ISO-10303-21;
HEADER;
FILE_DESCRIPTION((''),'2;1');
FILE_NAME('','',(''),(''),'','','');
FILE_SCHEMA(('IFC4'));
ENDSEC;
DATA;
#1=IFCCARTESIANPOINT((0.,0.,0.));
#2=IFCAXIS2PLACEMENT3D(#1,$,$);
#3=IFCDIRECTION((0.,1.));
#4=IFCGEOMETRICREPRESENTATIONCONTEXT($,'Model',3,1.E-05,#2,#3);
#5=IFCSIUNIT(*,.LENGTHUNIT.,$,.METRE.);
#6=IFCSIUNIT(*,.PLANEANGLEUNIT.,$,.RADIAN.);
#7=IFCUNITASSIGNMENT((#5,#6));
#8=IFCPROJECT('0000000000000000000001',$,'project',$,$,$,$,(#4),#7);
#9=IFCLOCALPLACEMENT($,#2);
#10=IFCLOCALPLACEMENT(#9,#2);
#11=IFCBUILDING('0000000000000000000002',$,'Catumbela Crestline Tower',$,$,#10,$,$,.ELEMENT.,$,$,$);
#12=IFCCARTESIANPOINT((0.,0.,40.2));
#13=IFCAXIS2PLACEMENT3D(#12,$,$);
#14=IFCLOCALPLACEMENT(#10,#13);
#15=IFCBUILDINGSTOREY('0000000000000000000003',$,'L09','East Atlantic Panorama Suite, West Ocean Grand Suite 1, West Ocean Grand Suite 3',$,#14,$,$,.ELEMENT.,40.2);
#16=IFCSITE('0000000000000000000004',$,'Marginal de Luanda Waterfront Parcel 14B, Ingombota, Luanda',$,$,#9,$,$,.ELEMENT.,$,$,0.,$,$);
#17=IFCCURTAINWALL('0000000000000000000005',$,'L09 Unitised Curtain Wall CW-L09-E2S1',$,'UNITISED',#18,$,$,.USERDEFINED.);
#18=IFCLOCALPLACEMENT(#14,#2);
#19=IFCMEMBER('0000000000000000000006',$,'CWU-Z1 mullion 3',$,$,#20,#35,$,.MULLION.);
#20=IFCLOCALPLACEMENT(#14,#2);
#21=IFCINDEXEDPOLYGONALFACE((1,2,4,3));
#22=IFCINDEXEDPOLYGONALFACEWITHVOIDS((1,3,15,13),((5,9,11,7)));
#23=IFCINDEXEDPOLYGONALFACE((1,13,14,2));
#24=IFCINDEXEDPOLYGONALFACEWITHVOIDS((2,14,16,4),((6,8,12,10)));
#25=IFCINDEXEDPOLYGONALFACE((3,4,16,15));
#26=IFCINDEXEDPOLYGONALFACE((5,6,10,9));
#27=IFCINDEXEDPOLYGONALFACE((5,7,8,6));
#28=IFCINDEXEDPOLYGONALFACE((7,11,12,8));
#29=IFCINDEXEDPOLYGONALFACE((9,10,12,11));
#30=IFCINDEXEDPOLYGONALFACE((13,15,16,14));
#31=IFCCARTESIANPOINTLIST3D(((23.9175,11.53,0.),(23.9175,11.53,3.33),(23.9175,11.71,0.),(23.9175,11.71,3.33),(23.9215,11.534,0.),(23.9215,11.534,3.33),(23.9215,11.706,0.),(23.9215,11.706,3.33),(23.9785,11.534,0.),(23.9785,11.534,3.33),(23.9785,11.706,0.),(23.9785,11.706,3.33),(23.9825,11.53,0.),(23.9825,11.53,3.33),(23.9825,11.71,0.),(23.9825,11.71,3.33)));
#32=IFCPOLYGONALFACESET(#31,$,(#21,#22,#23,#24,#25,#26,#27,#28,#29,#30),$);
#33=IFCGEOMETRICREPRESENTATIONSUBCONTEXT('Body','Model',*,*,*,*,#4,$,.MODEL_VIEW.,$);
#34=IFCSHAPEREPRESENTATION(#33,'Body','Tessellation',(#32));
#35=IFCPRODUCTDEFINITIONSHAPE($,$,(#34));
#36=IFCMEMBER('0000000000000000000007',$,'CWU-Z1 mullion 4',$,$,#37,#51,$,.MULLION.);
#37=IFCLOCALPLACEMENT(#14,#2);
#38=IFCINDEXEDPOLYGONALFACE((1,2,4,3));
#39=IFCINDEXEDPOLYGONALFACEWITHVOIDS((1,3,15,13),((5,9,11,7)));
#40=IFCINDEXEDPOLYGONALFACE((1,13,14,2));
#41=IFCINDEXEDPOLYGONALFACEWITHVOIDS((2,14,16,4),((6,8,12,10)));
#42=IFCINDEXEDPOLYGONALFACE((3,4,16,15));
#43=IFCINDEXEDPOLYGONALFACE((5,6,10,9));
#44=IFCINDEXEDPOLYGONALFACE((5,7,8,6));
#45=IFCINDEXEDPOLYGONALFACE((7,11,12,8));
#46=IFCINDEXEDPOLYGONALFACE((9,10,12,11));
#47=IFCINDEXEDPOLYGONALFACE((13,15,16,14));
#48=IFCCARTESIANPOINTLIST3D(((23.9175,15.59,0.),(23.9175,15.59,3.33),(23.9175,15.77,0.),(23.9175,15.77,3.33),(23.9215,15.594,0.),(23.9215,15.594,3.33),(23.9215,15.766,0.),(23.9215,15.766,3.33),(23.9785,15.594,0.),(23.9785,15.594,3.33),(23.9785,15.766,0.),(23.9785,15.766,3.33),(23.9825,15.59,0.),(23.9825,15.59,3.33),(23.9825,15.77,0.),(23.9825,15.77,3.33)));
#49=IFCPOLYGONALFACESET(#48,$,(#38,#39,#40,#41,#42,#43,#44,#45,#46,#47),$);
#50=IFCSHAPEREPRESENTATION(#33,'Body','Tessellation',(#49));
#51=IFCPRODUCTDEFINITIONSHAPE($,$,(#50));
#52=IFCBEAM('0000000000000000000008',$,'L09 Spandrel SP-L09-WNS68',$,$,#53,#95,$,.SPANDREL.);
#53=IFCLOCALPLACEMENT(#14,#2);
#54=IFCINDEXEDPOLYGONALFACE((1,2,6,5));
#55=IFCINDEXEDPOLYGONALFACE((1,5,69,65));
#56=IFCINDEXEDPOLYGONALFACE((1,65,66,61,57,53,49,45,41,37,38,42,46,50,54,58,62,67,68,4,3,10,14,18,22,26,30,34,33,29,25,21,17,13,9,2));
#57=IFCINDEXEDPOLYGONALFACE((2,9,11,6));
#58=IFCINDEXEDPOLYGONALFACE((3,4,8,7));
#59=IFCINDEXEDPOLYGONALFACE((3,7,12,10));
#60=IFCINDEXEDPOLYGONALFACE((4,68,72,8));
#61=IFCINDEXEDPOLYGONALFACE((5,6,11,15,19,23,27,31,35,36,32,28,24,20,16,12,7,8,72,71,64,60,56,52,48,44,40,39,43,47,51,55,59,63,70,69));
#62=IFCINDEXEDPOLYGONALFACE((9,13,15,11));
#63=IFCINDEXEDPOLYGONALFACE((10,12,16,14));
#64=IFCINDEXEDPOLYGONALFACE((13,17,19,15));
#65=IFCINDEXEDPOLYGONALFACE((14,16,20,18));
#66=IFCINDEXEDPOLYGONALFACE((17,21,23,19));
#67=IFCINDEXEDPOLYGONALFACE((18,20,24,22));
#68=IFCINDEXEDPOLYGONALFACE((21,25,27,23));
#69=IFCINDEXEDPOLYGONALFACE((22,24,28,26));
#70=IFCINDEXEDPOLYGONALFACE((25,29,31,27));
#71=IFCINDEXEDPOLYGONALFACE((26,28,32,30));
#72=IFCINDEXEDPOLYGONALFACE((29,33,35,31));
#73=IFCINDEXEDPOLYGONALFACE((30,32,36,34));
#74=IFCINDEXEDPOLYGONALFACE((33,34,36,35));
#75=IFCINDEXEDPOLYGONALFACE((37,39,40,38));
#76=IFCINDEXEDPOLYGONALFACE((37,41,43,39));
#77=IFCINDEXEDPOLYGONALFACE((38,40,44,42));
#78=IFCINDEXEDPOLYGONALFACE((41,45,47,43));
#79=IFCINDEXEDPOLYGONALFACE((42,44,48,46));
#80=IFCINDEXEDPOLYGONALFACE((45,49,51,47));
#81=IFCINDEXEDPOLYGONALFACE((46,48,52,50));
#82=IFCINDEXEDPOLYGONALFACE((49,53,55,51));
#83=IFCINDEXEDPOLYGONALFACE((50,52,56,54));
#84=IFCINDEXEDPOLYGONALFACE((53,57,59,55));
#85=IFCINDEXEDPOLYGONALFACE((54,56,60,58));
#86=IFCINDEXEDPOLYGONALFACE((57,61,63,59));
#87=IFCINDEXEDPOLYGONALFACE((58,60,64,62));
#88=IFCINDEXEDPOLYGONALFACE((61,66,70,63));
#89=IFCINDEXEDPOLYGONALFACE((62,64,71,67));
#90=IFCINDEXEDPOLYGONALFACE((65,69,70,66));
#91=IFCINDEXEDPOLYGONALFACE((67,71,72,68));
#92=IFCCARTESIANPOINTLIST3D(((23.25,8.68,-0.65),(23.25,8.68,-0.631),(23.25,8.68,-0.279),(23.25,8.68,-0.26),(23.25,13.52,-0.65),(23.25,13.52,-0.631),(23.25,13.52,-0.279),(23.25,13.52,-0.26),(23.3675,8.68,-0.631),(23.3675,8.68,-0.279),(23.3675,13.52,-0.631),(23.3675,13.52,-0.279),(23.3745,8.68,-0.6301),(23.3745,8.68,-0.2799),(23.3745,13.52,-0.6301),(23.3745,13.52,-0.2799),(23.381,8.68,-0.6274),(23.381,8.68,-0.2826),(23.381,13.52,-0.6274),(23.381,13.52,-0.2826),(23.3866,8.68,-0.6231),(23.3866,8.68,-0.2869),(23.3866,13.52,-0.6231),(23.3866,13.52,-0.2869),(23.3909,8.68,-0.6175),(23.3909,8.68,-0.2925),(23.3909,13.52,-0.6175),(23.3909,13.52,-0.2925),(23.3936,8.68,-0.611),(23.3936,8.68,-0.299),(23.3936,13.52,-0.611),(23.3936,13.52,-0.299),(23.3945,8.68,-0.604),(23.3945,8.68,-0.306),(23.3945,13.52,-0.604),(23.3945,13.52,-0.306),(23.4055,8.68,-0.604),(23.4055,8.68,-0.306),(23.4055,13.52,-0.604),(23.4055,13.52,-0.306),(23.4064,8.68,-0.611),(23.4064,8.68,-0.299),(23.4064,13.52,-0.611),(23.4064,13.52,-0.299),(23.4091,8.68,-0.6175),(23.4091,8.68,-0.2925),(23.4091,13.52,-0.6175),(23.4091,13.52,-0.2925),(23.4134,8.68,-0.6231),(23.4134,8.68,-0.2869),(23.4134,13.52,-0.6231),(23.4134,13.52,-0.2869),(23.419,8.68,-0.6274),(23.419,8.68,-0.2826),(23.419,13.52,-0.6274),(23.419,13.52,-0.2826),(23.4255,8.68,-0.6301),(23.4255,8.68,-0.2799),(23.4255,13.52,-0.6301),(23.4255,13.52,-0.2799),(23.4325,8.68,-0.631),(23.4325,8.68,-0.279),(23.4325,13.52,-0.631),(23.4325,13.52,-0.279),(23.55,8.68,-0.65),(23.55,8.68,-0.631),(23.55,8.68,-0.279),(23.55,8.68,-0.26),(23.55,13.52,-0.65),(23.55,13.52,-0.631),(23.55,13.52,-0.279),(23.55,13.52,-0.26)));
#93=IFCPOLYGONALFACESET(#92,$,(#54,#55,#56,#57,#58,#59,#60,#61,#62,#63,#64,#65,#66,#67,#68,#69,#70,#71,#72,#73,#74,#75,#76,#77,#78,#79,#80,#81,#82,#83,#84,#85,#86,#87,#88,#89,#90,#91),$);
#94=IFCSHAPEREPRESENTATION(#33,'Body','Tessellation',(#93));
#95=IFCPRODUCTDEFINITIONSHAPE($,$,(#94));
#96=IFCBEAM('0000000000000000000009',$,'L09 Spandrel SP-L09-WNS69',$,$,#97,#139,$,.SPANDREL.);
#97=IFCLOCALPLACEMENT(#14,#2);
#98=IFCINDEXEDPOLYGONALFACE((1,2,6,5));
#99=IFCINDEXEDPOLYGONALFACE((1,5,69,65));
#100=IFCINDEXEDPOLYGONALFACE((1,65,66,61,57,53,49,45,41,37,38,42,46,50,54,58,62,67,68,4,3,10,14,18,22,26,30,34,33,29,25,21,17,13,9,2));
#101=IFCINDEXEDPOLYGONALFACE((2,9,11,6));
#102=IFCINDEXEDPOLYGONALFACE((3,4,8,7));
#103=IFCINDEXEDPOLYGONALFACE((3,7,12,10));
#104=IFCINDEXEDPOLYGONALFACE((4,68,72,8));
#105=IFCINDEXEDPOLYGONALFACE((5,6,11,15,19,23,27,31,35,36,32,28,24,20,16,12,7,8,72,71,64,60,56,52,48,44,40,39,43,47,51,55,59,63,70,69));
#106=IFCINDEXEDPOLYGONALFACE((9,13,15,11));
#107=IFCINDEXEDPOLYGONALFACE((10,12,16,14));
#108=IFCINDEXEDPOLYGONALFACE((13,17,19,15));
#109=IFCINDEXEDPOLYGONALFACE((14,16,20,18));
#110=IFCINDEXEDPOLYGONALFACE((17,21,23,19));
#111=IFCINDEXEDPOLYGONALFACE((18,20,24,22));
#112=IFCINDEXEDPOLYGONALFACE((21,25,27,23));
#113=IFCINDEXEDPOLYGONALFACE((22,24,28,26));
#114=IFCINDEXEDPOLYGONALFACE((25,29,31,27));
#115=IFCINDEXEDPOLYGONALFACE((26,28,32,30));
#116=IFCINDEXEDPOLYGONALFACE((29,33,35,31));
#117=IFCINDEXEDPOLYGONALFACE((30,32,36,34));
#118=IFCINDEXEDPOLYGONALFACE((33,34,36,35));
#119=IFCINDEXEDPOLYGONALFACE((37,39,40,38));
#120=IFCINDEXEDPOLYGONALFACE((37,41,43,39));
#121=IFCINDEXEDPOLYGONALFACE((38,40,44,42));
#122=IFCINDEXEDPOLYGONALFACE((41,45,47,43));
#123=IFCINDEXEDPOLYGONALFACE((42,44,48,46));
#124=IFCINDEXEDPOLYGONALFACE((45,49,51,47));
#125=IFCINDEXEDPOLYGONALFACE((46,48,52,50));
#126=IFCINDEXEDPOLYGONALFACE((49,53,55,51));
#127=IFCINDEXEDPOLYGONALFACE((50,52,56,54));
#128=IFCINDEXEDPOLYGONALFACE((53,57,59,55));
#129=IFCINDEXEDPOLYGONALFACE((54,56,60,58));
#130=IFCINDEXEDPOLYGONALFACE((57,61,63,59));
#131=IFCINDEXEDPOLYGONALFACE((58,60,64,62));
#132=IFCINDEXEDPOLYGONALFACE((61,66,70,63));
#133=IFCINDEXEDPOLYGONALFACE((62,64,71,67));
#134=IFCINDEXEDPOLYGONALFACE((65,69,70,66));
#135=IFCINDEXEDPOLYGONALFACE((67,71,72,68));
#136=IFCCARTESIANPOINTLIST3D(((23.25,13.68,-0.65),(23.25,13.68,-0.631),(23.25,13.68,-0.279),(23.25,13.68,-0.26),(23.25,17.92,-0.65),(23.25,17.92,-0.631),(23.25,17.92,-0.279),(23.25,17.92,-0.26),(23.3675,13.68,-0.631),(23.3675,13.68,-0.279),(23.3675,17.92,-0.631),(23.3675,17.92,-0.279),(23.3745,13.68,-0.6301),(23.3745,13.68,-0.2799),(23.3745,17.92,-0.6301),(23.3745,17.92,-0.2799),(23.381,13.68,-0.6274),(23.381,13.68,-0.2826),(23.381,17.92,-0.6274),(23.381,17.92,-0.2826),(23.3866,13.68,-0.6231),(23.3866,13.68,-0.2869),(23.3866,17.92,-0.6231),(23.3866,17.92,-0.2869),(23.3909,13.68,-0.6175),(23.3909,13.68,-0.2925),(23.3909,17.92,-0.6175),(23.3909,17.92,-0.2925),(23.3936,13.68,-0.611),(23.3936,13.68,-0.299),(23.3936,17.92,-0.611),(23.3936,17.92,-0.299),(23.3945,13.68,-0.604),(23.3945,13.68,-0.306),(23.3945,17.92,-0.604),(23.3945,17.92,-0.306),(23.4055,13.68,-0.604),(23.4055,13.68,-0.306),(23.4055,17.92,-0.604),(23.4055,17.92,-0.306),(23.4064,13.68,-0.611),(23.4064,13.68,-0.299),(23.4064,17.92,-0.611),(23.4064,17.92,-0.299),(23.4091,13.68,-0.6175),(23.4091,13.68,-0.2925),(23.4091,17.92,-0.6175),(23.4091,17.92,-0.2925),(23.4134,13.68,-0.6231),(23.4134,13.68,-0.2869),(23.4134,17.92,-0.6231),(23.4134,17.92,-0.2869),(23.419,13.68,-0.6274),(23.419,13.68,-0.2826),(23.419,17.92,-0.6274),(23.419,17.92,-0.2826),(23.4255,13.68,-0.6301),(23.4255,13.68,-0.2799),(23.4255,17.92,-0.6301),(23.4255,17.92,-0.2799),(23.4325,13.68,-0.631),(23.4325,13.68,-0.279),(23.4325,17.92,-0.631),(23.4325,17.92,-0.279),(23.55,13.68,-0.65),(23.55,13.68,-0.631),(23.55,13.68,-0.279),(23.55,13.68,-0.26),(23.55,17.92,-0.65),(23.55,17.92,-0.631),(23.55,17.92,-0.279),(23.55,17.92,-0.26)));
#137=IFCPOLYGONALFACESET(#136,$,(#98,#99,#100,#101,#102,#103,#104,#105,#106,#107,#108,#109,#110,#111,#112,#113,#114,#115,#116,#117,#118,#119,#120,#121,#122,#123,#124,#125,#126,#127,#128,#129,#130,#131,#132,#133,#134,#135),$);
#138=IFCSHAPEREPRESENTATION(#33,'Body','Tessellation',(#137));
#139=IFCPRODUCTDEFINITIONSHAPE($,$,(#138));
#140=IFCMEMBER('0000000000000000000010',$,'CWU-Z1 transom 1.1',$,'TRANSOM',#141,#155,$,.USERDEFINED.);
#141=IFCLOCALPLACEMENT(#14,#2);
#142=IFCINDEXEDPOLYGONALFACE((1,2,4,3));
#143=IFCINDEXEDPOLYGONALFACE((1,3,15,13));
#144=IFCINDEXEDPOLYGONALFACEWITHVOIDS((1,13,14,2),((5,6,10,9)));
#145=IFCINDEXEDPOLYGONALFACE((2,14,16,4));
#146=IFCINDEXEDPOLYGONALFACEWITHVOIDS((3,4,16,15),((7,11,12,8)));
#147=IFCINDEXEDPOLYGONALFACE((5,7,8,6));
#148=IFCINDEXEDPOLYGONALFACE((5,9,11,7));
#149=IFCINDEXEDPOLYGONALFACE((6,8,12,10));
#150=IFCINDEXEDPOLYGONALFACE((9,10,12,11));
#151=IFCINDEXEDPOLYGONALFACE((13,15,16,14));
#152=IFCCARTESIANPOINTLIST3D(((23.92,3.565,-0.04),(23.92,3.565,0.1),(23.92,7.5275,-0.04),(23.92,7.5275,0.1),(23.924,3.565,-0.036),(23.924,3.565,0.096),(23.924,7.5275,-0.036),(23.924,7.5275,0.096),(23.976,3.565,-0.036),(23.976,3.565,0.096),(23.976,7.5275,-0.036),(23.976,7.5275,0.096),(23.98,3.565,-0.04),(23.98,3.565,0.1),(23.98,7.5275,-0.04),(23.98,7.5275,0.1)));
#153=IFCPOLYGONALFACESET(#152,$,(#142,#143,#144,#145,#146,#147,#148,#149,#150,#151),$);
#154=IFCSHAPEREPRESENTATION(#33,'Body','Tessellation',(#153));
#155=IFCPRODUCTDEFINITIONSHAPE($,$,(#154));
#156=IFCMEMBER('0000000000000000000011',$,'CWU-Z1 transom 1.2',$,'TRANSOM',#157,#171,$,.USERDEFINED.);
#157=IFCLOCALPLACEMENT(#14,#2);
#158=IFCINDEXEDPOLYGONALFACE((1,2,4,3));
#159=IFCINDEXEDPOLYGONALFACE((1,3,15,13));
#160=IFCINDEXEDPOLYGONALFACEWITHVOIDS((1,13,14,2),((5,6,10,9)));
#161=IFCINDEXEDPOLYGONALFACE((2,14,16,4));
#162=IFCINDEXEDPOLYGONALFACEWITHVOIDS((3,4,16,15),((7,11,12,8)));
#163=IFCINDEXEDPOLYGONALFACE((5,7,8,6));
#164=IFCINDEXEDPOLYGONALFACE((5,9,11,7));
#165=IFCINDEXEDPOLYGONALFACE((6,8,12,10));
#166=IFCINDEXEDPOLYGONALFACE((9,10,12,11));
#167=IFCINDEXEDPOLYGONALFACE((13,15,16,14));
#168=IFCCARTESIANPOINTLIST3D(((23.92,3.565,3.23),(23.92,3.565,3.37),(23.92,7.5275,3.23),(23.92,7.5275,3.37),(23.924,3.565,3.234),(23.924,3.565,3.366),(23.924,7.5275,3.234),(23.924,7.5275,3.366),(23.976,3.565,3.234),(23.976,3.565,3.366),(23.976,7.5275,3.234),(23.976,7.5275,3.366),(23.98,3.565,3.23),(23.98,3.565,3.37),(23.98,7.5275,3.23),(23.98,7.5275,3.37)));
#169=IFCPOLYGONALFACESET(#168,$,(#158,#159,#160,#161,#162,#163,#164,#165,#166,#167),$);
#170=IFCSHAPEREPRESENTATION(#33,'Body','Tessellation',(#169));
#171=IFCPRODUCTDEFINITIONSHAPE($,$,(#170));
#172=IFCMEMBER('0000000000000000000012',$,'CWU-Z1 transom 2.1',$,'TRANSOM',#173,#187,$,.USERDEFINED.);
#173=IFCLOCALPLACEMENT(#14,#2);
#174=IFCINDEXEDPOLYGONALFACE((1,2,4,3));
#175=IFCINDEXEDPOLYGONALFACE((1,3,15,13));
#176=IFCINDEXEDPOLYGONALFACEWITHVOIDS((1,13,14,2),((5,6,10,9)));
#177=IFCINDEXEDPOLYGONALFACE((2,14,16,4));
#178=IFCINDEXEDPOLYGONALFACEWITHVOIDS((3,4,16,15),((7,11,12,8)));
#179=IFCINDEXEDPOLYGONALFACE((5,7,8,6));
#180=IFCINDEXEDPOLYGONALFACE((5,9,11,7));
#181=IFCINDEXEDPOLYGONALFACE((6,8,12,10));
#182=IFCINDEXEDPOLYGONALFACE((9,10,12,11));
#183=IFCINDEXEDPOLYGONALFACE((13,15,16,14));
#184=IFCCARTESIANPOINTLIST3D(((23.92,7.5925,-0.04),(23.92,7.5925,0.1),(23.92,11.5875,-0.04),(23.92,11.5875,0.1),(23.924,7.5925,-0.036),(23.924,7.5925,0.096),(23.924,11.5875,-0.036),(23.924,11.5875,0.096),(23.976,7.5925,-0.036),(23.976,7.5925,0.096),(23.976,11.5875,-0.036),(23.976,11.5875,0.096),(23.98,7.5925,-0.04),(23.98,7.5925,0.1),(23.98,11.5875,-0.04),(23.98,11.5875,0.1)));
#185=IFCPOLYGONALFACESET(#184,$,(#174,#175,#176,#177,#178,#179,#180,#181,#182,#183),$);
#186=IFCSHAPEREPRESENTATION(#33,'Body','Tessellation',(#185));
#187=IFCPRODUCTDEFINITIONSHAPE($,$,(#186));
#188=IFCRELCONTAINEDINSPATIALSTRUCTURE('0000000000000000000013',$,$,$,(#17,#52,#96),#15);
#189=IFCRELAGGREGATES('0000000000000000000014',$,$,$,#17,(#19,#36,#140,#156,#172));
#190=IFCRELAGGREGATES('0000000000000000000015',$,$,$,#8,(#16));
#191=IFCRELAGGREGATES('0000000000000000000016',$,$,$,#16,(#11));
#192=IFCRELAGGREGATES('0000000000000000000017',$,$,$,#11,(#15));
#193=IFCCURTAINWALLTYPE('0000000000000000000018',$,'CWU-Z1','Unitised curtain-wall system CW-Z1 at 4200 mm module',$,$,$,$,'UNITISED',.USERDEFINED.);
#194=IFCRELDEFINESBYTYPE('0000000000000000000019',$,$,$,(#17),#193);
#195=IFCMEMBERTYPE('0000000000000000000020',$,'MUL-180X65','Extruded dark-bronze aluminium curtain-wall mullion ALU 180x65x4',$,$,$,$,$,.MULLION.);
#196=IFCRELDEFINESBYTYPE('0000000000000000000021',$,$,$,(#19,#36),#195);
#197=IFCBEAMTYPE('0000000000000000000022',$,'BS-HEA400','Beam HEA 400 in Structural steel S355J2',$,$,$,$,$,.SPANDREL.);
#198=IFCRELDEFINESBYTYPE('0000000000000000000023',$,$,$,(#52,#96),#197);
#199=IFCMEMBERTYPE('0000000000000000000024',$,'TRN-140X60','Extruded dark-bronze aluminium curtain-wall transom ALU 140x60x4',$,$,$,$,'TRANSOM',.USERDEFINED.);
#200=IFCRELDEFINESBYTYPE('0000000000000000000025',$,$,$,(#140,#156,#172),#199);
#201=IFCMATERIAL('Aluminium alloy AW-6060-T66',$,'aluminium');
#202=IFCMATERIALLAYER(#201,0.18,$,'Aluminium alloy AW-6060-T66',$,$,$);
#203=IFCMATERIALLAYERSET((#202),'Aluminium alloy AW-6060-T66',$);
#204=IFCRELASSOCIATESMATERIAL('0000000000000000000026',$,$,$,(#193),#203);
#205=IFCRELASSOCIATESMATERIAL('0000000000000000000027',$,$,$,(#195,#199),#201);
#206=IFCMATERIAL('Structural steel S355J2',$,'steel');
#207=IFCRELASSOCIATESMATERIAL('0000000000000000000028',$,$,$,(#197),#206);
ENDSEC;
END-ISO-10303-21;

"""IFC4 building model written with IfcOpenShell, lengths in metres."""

from ifc_helpers import new_model, si_unit, direction, frame, origin, origin_2d, place, context, subcontext, project, spatial, hollow_rectangle, i_section, extrude, material, layer, layer_set, material_profile, profile_set, type_object, element, aggregate, save


model = new_model("IFC4")

# Units and contexts
model_context = context("Model", 3, precision=1e-05, world=origin(), true_north=direction((0.0, 1.0)))
body_context = subcontext(model_context, "Body", "Model", "MODEL_VIEW")
ifc_project = project(units=[si_unit("LENGTHUNIT", "METRE"), si_unit("PLANEANGLEUNIT", "RADIAN")], contexts=[model_context])

# Site, building, storey
site_placement = place(None, origin())
site = spatial("IfcSite", under=ifc_project, at=site_placement, Name="Marginal de Luanda Waterfront Parcel 14B, Ingombota, Luanda", CompositionType="ELEMENT", RefElevation=0.0)
building_placement = place(site_placement, origin())
building = spatial("IfcBuilding", under=site, at=building_placement, Name="Catumbela Crestline Tower", CompositionType="ELEMENT")
storey_placement = place(building_placement, frame((0.0, 0.0, 40.2)))
storey = spatial("IfcBuildingStorey", under=building, at=storey_placement, Name="L09", Description="East Atlantic Panorama Suite, West Ocean Grand Suite 1, West Ocean Grand Suite 3", CompositionType="ELEMENT", Elevation=40.2)

# Shared definitions
ifc_material_1 = material(Name="Structural steel S355J2", Category="steel")

# Shared definitions
ifc_material_2 = material(Name="Aluminium alloy AW-6060-T66", Category="aluminium")
ifc_layer_1 = layer(ifc_material_2, 0.18, Name="Aluminium alloy AW-6060-T66")
ifc_layer_set_1 = layer_set([ifc_layer_1], Name="Aluminium alloy AW-6060-T66")
curtain_wall_type = type_object("IfcCurtainWallType", Name="CWU-Z1", Description="Unitised curtain-wall system CW-Z1 at 4200 mm module", ElementType="UNITISED", PredefinedType="USERDEFINED", material=ifc_layer_set_1)
ifc_material_profile_1 = material_profile(ifc_material_2, hollow_rectangle(XDim=0.065, YDim=0.18, WallThickness=0.004, at=origin_2d()), Name="ALU 180x65x4")
ifc_profile_set_1 = profile_set([ifc_material_profile_1], Name="Aluminium alloy AW-6060-T66")
member_type_1 = type_object("IfcMemberType", Name="MUL-180X65", Description="Extruded dark-bronze aluminium curtain-wall mullion ALU 180x65x4", PredefinedType="MULLION", material=ifc_profile_set_1)

# Curtain wall, members
curtain_wall_1_placement = place(storey_placement, origin())
curtain_wall_1 = element("IfcCurtainWall", 1, at=curtain_wall_1_placement, inside=storey, type_object=curtain_wall_type, Name="L09 Unitised Curtain Wall CW-L09-E2S1", ObjectType="UNITISED", PredefinedType="USERDEFINED")
member_1_placement = place(storey_placement, frame((23.95, 11.62, 0.0), z_axis=(0.0, 0.0, 1.0), x_axis=(-1.0, 0.0, 0.0)))
member_1 = element("IfcMember", 2, at=member_1_placement, type_object=member_type_1, Name="CWU-Z1 mullion 3", PredefinedType="MULLION", context=body_context, shape_type="SweptSolid", body=[
    extrude(hollow_rectangle(XDim=0.065, YDim=0.18, WallThickness=0.004, at=origin_2d()), origin(), (0.0, 0.0, 1.0), 3.33),
])
member_2_placement = place(storey_placement, frame((23.95, 15.68, 0.0), z_axis=(0.0, 0.0, 1.0), x_axis=(-1.0, 0.0, 0.0)))
member_2 = element("IfcMember", 3, at=member_2_placement, type_object=member_type_1, Name="CWU-Z1 mullion 4", PredefinedType="MULLION", context=body_context, shape_type="SweptSolid", body=[
    extrude(hollow_rectangle(XDim=0.065, YDim=0.18, WallThickness=0.004, at=origin_2d()), origin(), (0.0, 0.0, 1.0), 3.33),
])

# Beams
ifc_material_profile_2 = material_profile(ifc_material_1, i_section(OverallWidth=0.3, OverallDepth=0.39, WebThickness=0.011, FlangeThickness=0.019, FilletRadius=0.027, at=origin_2d()), Name="HEA 400")
ifc_profile_set_2 = profile_set([ifc_material_profile_2], Name="Structural steel S355J2")
beam_type_1 = type_object("IfcBeamType", Name="BS-HEA400", Description="Beam HEA 400 in Structural steel S355J2", PredefinedType="SPANDREL", material=ifc_profile_set_2)
beam_1_placement = place(storey_placement, frame((23.4, 8.68, -0.455), z_axis=(0.0, 1.0, 0.0), x_axis=(-1.0, 0.0, 0.0)))
element("IfcBeam", 4, at=beam_1_placement, inside=storey, type_object=beam_type_1, Name="L09 Spandrel SP-L09-WNS68", PredefinedType="SPANDREL", context=body_context, shape_type="SweptSolid", body=[
    extrude(i_section(OverallWidth=0.3, OverallDepth=0.39, WebThickness=0.011, FlangeThickness=0.019, FilletRadius=0.027, at=origin_2d()), origin(), (0.0, 0.0, 1.0), 4.84),
])
beam_2_placement = place(storey_placement, frame((23.4, 13.68, -0.455), z_axis=(0.0, 1.0, 0.0), x_axis=(-1.0, 0.0, 0.0)))
element("IfcBeam", 5, at=beam_2_placement, inside=storey, type_object=beam_type_1, Name="L09 Spandrel SP-L09-WNS69", PredefinedType="SPANDREL", context=body_context, shape_type="SweptSolid", body=[
    extrude(i_section(OverallWidth=0.3, OverallDepth=0.39, WebThickness=0.011, FlangeThickness=0.019, FilletRadius=0.027, at=origin_2d()), origin(), (0.0, 0.0, 1.0), 4.24),
])

# Members
ifc_material_profile_3 = material_profile(ifc_material_2, hollow_rectangle(XDim=0.06, YDim=0.14, WallThickness=0.004, at=origin_2d()), Name="ALU 140x60x4")
ifc_profile_set_3 = profile_set([ifc_material_profile_3], Name="Aluminium alloy AW-6060-T66")
member_type_2 = type_object("IfcMemberType", Name="TRN-140X60", Description="Extruded dark-bronze aluminium curtain-wall transom ALU 140x60x4", ElementType="TRANSOM", PredefinedType="USERDEFINED", material=ifc_profile_set_3)
member_3_placement = place(storey_placement, frame((23.95, 3.565, 0.03), z_axis=(0.0, 1.0, 0.0), x_axis=(-1.0, 0.0, 0.0)))
member_3 = element("IfcMember", 6, at=member_3_placement, type_object=member_type_2, Name="CWU-Z1 transom 1.1", ObjectType="TRANSOM", PredefinedType="USERDEFINED", context=body_context, shape_type="SweptSolid", body=[
    extrude(hollow_rectangle(XDim=0.06, YDim=0.14, WallThickness=0.004, at=origin_2d()), origin(), (0.0, 0.0, 1.0), 3.9625),
])
member_4_placement = place(storey_placement, frame((23.95, 3.565, 3.3), z_axis=(0.0, 1.0, 0.0), x_axis=(-1.0, 0.0, 0.0)))
member_4 = element("IfcMember", 7, at=member_4_placement, type_object=member_type_2, Name="CWU-Z1 transom 1.2", ObjectType="TRANSOM", PredefinedType="USERDEFINED", context=body_context, shape_type="SweptSolid", body=[
    extrude(hollow_rectangle(XDim=0.06, YDim=0.14, WallThickness=0.004, at=origin_2d()), origin(), (0.0, 0.0, 1.0), 3.9625),
])
member_5_placement = place(storey_placement, frame((23.95, 7.5925, 0.03), z_axis=(0.0, 1.0, 0.0), x_axis=(-1.0, 0.0, 0.0)))
member_5 = element("IfcMember", 8, at=member_5_placement, type_object=member_type_2, Name="CWU-Z1 transom 2.1", ObjectType="TRANSOM", PredefinedType="USERDEFINED", context=body_context, shape_type="SweptSolid", body=[
    extrude(hollow_rectangle(XDim=0.06, YDim=0.14, WallThickness=0.004, at=origin_2d()), origin(), (0.0, 0.0, 1.0), 3.995),
])

aggregate(curtain_wall_1, [member_1, member_2, member_3, member_4, member_5])

save(model, "model.ifc")
